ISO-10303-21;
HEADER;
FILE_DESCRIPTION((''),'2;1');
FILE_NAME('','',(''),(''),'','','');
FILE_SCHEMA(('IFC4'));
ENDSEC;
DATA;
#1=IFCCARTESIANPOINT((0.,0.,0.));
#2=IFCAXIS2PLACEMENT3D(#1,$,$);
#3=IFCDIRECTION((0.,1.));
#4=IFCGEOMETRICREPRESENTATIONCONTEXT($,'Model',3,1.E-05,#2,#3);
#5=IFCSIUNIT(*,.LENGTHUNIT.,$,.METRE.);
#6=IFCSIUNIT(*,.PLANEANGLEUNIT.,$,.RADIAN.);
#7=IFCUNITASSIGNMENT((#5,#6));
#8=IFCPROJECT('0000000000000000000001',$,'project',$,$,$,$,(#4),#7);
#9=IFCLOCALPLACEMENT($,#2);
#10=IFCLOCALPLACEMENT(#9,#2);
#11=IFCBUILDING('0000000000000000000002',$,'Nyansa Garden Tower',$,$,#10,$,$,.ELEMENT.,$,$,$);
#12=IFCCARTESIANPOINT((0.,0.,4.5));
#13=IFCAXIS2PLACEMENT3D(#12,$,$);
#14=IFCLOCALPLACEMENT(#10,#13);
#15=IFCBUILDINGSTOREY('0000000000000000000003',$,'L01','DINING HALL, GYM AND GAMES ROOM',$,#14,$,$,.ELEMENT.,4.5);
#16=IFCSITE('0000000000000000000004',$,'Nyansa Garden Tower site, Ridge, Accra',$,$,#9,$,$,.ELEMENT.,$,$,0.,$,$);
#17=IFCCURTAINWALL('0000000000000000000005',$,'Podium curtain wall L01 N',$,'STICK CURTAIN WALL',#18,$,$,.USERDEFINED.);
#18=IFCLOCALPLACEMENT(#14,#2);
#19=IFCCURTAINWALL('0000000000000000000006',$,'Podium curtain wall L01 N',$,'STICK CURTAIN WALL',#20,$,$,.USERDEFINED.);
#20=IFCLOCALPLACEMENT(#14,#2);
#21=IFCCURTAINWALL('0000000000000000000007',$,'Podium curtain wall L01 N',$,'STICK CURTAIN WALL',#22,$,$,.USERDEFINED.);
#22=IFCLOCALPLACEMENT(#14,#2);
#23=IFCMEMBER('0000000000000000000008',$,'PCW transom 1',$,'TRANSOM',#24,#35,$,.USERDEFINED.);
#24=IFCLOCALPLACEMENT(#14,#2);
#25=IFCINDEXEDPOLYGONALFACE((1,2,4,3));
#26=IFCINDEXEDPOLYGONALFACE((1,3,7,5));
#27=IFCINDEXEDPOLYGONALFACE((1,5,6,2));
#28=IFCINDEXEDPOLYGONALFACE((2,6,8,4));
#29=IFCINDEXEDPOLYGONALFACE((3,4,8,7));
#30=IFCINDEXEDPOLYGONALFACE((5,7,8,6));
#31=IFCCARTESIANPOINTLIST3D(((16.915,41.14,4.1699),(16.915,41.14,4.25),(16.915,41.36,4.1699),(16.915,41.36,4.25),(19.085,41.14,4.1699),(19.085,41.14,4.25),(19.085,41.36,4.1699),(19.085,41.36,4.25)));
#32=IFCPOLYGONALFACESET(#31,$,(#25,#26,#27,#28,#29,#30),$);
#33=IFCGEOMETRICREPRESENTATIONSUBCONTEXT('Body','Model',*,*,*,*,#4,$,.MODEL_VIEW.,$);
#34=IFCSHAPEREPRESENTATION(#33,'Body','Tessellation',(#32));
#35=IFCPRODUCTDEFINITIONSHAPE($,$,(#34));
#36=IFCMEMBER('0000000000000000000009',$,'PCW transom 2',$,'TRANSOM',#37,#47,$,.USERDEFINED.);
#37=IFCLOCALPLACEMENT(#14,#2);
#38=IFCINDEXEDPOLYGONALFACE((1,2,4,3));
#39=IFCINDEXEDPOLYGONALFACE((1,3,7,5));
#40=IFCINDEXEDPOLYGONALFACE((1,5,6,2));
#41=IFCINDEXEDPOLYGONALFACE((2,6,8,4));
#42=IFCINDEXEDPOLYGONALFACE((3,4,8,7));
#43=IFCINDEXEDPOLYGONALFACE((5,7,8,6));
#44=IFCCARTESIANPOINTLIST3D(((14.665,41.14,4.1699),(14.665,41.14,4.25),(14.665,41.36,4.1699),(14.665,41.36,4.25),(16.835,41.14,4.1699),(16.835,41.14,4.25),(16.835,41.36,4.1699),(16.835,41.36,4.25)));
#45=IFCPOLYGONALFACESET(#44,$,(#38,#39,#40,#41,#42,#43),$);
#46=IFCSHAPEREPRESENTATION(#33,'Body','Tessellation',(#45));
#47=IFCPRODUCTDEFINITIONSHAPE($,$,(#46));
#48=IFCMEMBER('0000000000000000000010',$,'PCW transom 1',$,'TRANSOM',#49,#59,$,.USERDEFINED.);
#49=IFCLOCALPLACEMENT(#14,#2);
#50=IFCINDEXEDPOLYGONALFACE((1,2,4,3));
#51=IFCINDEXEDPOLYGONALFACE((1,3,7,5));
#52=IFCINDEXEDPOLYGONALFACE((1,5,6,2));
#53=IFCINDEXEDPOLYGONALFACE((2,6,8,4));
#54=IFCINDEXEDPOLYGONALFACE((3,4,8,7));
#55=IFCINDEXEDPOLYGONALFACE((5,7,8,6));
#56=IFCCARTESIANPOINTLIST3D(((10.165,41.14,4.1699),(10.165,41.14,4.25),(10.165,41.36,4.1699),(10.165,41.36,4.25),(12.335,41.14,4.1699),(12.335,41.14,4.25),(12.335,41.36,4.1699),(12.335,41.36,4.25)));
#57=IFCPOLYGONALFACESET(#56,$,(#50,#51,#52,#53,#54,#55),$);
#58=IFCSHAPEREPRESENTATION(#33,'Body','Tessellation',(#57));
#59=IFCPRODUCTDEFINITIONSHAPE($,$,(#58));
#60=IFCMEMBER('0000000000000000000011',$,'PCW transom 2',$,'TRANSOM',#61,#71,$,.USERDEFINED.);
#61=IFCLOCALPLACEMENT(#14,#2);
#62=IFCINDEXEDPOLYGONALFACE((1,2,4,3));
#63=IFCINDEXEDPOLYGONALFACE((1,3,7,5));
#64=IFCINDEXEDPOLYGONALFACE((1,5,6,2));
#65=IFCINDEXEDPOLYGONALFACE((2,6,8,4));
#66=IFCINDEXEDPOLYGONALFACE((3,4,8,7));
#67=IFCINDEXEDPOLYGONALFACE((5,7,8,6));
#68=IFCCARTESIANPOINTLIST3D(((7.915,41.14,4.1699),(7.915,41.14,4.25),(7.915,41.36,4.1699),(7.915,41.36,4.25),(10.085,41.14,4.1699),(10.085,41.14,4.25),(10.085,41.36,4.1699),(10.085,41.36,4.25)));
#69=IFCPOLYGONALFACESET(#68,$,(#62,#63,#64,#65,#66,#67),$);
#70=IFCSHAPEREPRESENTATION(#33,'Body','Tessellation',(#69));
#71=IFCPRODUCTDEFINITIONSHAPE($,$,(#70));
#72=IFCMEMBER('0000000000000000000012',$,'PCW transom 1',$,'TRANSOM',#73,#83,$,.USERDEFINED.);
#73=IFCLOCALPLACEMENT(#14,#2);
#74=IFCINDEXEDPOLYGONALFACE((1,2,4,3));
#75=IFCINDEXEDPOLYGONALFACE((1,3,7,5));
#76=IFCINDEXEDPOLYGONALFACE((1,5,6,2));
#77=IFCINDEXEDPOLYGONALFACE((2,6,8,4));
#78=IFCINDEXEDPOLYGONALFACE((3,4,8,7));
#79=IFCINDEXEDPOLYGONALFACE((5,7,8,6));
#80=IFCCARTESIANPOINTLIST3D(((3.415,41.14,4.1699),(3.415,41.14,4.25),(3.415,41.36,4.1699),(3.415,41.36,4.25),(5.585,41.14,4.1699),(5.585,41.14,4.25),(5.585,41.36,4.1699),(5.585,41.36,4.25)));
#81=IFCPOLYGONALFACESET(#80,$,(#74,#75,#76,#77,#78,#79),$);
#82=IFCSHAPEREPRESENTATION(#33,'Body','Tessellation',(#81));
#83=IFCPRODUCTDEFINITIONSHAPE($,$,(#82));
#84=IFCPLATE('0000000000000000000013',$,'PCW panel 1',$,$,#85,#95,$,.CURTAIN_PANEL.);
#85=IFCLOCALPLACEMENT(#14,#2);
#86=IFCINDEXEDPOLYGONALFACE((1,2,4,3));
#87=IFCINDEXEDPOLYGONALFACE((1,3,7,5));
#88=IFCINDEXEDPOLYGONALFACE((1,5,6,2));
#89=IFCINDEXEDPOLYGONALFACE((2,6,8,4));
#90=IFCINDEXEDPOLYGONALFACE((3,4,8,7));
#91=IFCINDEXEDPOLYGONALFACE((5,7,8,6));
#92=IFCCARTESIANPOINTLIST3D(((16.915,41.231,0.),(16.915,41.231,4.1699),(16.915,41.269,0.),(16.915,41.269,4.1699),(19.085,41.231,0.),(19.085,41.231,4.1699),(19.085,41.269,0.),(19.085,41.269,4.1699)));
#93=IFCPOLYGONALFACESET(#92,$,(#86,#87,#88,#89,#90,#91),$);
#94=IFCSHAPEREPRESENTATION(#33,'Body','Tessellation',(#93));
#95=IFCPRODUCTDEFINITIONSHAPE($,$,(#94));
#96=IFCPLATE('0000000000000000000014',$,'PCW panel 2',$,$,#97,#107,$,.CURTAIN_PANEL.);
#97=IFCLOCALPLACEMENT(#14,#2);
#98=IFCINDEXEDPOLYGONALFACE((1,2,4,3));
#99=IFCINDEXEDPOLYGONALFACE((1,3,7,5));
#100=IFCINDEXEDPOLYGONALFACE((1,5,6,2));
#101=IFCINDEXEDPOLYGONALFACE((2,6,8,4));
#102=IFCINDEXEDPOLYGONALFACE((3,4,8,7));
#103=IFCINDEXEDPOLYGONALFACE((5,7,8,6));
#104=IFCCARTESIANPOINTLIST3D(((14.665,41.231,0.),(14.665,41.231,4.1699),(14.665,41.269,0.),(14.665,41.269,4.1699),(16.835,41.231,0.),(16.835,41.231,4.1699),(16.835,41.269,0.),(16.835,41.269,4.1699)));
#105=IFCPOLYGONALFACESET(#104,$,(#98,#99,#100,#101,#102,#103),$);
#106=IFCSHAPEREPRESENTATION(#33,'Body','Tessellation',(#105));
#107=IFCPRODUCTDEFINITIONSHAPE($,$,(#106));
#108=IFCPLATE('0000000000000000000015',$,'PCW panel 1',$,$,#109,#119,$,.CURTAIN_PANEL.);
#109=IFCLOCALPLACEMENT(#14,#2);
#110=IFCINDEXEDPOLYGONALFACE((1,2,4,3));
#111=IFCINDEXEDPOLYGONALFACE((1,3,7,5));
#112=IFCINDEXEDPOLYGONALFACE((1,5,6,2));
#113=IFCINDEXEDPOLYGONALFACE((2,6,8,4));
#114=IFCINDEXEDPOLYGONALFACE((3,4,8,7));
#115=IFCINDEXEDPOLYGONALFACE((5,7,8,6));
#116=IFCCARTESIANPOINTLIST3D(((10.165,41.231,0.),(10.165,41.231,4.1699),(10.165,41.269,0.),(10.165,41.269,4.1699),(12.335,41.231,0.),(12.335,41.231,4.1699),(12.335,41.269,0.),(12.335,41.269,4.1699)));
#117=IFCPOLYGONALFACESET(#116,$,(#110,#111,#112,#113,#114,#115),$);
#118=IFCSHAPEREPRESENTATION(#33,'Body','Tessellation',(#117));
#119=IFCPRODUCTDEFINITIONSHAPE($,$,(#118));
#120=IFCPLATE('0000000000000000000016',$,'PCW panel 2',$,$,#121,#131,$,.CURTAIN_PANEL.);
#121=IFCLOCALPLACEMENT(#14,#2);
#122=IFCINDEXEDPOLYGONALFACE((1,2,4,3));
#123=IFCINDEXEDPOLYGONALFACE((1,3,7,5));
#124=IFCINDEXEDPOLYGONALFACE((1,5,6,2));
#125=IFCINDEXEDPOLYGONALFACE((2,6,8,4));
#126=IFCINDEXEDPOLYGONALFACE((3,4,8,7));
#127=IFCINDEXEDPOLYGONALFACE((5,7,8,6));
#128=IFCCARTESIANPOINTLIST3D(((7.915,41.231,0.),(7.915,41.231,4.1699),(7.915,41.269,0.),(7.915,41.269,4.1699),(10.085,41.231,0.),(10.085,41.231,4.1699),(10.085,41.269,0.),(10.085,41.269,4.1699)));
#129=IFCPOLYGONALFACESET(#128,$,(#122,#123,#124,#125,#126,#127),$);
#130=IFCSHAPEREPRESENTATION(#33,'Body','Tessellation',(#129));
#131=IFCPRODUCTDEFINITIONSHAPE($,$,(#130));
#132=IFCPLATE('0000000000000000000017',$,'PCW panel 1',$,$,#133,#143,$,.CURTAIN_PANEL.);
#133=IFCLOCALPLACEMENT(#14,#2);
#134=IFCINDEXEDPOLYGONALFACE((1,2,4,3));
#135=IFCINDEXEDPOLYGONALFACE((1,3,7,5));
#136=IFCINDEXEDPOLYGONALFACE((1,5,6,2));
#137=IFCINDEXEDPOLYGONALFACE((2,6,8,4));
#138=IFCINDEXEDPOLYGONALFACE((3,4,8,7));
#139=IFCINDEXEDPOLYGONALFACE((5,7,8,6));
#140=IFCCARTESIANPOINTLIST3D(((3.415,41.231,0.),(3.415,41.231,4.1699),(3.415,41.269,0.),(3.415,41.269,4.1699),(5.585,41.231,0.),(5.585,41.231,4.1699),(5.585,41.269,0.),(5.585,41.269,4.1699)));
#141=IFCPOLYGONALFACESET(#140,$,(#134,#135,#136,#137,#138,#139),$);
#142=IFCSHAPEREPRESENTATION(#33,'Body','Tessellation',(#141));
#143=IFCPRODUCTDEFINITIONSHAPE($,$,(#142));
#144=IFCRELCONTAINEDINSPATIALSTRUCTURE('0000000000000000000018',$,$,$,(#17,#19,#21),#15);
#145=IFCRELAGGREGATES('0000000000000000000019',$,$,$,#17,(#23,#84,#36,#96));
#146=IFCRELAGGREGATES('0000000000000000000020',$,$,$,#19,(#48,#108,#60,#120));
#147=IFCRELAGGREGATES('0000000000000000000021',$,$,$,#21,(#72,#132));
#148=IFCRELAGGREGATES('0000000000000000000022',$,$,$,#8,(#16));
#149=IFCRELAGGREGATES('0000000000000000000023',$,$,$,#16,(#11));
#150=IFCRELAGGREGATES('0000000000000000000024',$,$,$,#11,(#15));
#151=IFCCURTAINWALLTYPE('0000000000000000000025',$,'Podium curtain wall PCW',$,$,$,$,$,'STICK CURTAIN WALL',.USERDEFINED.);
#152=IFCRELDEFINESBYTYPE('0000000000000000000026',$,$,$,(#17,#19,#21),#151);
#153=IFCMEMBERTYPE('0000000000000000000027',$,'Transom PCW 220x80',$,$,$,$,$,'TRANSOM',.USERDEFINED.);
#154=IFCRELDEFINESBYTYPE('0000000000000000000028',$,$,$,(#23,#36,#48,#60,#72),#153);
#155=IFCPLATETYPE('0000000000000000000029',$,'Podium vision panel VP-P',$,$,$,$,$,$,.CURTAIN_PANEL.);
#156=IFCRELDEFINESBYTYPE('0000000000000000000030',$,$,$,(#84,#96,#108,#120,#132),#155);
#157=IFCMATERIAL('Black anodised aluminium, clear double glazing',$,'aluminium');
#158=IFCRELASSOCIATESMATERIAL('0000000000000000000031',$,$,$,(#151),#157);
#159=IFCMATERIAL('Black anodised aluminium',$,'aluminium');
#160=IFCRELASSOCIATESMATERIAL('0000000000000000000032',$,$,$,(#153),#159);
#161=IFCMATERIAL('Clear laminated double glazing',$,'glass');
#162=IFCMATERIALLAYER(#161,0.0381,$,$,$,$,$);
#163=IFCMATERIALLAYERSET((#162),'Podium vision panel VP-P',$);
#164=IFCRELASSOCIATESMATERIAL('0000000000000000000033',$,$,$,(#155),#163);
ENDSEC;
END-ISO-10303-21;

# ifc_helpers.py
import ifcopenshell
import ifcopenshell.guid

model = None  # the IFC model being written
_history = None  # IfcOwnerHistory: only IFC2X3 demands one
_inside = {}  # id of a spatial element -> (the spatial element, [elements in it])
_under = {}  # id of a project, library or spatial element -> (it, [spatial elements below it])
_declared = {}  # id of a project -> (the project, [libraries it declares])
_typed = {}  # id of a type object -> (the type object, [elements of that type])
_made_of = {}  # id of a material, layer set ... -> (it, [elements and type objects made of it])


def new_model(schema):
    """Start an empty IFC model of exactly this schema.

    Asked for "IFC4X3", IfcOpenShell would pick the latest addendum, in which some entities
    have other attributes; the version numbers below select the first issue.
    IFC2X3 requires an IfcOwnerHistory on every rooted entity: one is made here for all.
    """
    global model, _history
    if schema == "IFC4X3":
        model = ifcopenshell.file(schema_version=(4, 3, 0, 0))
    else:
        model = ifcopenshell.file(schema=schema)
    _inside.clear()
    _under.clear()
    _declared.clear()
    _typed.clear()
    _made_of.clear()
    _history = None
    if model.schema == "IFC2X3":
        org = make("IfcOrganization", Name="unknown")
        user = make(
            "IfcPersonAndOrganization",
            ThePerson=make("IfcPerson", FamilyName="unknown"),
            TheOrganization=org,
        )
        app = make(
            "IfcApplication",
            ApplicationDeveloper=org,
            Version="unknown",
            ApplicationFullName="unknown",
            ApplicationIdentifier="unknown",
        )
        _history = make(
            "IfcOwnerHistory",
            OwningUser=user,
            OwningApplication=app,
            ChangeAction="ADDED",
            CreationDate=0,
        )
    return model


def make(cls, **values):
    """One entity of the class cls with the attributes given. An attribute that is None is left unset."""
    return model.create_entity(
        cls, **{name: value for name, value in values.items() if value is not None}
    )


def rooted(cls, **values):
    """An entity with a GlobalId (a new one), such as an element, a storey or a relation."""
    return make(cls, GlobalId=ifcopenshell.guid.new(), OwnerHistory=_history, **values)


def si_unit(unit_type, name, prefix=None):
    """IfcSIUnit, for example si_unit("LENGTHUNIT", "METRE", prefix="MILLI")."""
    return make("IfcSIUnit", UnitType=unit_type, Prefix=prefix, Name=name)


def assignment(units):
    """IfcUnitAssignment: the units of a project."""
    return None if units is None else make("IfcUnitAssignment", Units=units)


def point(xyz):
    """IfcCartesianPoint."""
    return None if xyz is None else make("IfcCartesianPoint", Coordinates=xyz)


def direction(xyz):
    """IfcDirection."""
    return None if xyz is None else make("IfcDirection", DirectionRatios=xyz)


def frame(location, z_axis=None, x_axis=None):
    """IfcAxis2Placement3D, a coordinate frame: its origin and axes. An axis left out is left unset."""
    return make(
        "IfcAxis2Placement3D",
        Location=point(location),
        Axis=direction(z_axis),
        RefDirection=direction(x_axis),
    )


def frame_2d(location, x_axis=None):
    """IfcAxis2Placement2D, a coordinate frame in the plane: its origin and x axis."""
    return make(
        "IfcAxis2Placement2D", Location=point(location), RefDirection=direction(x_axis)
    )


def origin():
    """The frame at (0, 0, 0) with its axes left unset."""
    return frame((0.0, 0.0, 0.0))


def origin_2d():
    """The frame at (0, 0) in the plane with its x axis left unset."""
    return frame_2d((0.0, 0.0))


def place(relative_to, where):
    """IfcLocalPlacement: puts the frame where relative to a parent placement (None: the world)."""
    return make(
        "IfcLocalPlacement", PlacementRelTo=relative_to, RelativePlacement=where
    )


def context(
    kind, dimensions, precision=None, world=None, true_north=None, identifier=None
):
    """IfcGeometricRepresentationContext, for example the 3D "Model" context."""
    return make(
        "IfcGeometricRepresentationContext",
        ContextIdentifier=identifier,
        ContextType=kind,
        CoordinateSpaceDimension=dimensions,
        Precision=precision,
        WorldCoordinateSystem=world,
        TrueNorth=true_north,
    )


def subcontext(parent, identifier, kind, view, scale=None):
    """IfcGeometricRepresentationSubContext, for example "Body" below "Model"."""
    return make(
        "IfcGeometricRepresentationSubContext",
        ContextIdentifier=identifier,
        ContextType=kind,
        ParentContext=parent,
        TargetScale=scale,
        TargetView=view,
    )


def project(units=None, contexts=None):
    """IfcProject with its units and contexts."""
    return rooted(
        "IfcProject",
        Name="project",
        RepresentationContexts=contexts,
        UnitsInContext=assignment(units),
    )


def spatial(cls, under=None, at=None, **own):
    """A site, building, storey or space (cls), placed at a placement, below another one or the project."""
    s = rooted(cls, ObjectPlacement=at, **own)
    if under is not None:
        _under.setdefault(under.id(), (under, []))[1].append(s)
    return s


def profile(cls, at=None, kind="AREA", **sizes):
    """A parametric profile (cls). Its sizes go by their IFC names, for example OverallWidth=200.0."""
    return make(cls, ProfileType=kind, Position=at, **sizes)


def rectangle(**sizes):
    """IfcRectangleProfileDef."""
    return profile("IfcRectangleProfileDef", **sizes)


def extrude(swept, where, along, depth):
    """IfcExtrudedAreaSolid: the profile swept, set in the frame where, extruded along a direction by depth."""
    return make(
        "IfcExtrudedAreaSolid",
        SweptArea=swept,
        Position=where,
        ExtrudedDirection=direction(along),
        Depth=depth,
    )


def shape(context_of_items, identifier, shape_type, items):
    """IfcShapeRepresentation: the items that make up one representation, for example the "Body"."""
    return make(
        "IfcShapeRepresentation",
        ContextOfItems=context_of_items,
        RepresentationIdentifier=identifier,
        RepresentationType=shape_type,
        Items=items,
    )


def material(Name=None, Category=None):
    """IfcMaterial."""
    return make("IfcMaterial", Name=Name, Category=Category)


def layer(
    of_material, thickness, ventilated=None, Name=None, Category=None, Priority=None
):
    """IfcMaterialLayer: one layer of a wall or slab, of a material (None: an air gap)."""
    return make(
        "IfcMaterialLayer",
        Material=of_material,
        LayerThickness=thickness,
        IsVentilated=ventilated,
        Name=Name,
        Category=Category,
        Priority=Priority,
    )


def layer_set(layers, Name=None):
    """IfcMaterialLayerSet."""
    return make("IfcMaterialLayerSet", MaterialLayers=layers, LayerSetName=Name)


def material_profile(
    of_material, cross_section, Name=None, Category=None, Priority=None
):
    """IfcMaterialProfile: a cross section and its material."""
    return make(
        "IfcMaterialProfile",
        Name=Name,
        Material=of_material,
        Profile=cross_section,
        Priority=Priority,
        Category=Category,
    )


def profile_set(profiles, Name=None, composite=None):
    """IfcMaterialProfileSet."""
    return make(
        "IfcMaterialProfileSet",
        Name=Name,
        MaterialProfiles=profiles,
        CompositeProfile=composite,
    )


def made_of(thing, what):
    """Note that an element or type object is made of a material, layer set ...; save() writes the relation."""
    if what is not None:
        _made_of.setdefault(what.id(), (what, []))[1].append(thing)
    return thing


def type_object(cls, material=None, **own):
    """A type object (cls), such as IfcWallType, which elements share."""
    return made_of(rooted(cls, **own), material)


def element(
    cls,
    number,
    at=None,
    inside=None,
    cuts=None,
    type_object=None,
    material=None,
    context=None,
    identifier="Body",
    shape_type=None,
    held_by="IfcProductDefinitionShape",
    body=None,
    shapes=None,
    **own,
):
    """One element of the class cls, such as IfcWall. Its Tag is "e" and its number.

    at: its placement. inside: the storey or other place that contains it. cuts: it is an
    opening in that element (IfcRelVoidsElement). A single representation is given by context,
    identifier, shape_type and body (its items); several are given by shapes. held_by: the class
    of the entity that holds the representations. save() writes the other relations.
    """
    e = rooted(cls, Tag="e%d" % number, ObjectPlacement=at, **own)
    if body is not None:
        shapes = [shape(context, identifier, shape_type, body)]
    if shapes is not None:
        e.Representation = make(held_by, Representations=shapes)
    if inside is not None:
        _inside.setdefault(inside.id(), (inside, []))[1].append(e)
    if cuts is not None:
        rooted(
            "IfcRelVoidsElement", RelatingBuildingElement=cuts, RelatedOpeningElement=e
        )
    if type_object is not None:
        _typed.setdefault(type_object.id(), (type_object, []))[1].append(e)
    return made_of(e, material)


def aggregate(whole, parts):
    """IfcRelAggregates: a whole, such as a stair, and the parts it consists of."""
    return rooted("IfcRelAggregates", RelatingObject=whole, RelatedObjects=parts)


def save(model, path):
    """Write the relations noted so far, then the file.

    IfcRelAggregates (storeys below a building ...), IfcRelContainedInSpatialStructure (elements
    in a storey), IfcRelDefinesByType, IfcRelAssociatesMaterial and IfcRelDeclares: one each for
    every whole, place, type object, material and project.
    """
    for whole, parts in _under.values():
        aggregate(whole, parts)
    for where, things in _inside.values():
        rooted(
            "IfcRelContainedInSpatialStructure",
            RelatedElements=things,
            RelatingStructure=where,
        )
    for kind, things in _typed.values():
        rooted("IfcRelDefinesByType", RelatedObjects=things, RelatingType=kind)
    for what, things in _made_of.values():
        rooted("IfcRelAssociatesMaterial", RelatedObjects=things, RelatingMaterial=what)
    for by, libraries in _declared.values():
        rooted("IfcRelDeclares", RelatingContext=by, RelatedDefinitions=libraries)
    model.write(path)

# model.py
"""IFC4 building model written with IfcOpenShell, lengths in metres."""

from ifc_helpers import new_model, si_unit, direction, frame, origin, origin_2d, place, context, subcontext, project, spatial, rectangle, extrude, material, layer, layer_set, material_profile, profile_set, type_object, element, aggregate, save


model = new_model("IFC4")

# Units and contexts
model_context = context("Model", 3, precision=1e-05, world=origin(), true_north=direction((0.0, 1.0)))
body_context = subcontext(model_context, "Body", "Model", "MODEL_VIEW")
ifc_project = project(units=[si_unit("LENGTHUNIT", "METRE"), si_unit("PLANEANGLEUNIT", "RADIAN")], contexts=[model_context])

# Site, building, storey
site_placement = place(None, origin())
site = spatial("IfcSite", under=ifc_project, at=site_placement, Name="Nyansa Garden Tower site, Ridge, Accra", CompositionType="ELEMENT", RefElevation=0.0)
building_placement = place(site_placement, origin())
building = spatial("IfcBuilding", under=site, at=building_placement, Name="Nyansa Garden Tower", CompositionType="ELEMENT")
storey_placement = place(building_placement, frame((0.0, 0.0, 4.5)))
storey = spatial("IfcBuildingStorey", under=building, at=storey_placement, Name="L01", Description="DINING HALL, GYM AND GAMES ROOM", CompositionType="ELEMENT", Elevation=4.5)

# Curtain walls
ifc_material_1 = material(Name="Black anodised aluminium, clear double glazing", Category="aluminium")
curtain_wall_type = type_object("IfcCurtainWallType", Name="Podium curtain wall PCW", ElementType="STICK CURTAIN WALL", PredefinedType="USERDEFINED", material=ifc_material_1)
curtain_wall_1_placement = place(storey_placement, origin())
curtain_wall_1 = element("IfcCurtainWall", 1, at=curtain_wall_1_placement, inside=storey, type_object=curtain_wall_type, Name="Podium curtain wall L01 N", ObjectType="STICK CURTAIN WALL", PredefinedType="USERDEFINED")
curtain_wall_2_placement = place(storey_placement, origin())
curtain_wall_2 = element("IfcCurtainWall", 2, at=curtain_wall_2_placement, inside=storey, type_object=curtain_wall_type, Name="Podium curtain wall L01 N", ObjectType="STICK CURTAIN WALL", PredefinedType="USERDEFINED")
curtain_wall_3_placement = place(storey_placement, origin())
curtain_wall_3 = element("IfcCurtainWall", 3, at=curtain_wall_3_placement, inside=storey, type_object=curtain_wall_type, Name="Podium curtain wall L01 N", ObjectType="STICK CURTAIN WALL", PredefinedType="USERDEFINED")

# Members
ifc_material_2 = material(Name="Black anodised aluminium", Category="aluminium")
ifc_material_profile_1 = material_profile(ifc_material_2, rectangle(XDim=0.22, YDim=0.0801, at=origin_2d()), Name="Transom 220x80")
ifc_profile_set_1 = profile_set([ifc_material_profile_1], Name="Black anodised aluminium")
member_type_1 = type_object("IfcMemberType", Name="Transom PCW 220x80", ElementType="TRANSOM", PredefinedType="USERDEFINED", material=ifc_profile_set_1)
member_1_placement = place(storey_placement, frame((19.085, 41.25, 4.21), z_axis=(-1.0, 0.0, 0.0), x_axis=(0.0, -1.0, 0.0)))
member_1 = element("IfcMember", 4, at=member_1_placement, type_object=member_type_1, Name="PCW transom 1", ObjectType="TRANSOM", PredefinedType="USERDEFINED", context=body_context, shape_type="SweptSolid", body=[
    extrude(rectangle(XDim=0.22, YDim=0.0801, at=origin_2d()), origin(), (0.0, 0.0, 1.0), 2.1699),
])
member_2_placement = place(storey_placement, frame((16.835, 41.25, 4.21), z_axis=(-1.0, 0.0, 0.0), x_axis=(0.0, -1.0, 0.0)))
member_2 = element("IfcMember", 5, at=member_2_placement, type_object=member_type_1, Name="PCW transom 2", ObjectType="TRANSOM", PredefinedType="USERDEFINED", context=body_context, shape_type="SweptSolid", body=[
    extrude(rectangle(XDim=0.22, YDim=0.0801, at=origin_2d()), origin(), (0.0, 0.0, 1.0), 2.1699),
])
member_3_placement = place(storey_placement, frame((12.335, 41.25, 4.21), z_axis=(-1.0, 0.0, 0.0), x_axis=(0.0, -1.0, 0.0)))
member_3 = element("IfcMember", 6, at=member_3_placement, type_object=member_type_1, Name="PCW transom 1", ObjectType="TRANSOM", PredefinedType="USERDEFINED", context=body_context, shape_type="SweptSolid", body=[
    extrude(rectangle(XDim=0.22, YDim=0.0801, at=origin_2d()), origin(), (0.0, 0.0, 1.0), 2.1699),
])
member_4_placement = place(storey_placement, frame((10.085, 41.25, 4.21), z_axis=(-1.0, 0.0, 0.0), x_axis=(0.0, -1.0, 0.0)))
member_4 = element("IfcMember", 7, at=member_4_placement, type_object=member_type_1, Name="PCW transom 2", ObjectType="TRANSOM", PredefinedType="USERDEFINED", context=body_context, shape_type="SweptSolid", body=[
    extrude(rectangle(XDim=0.22, YDim=0.0801, at=origin_2d()), origin(), (0.0, 0.0, 1.0), 2.1699),
])
member_5_placement = place(storey_placement, frame((5.585, 41.25, 4.21), z_axis=(-1.0, 0.0, 0.0), x_axis=(0.0, -1.0, 0.0)))
member_5 = element("IfcMember", 8, at=member_5_placement, type_object=member_type_1, Name="PCW transom 1", ObjectType="TRANSOM", PredefinedType="USERDEFINED", context=body_context, shape_type="SweptSolid", body=[
    extrude(rectangle(XDim=0.22, YDim=0.0801, at=origin_2d()), origin(), (0.0, 0.0, 1.0), 2.1699),
])

# Plates
ifc_material_3 = material(Name="Clear laminated double glazing", Category="glass")
ifc_layer = layer(ifc_material_3, 0.0381)
ifc_layer_set = layer_set([ifc_layer], Name="Podium vision panel VP-P")
plate_type = type_object("IfcPlateType", Name="Podium vision panel VP-P", PredefinedType="CURTAIN_PANEL", material=ifc_layer_set)
plate_1_placement = place(storey_placement, frame((18.0, 41.25, 0.0), z_axis=(0.0, 0.0, 1.0), x_axis=(-1.0, 0.0, 0.0)))
plate_1 = element("IfcPlate", 9, at=plate_1_placement, type_object=plate_type, Name="PCW panel 1", PredefinedType="CURTAIN_PANEL", context=body_context, shape_type="SweptSolid", body=[
    extrude(rectangle(XDim=2.1699, YDim=0.0381, at=origin_2d()), origin(), (0.0, 0.0, 1.0), 4.1699),
])
plate_2_placement = place(storey_placement, frame((15.75, 41.25, 0.0), z_axis=(0.0, 0.0, 1.0), x_axis=(-1.0, 0.0, 0.0)))
plate_2 = element("IfcPlate", 10, at=plate_2_placement, type_object=plate_type, Name="PCW panel 2", PredefinedType="CURTAIN_PANEL", context=body_context, shape_type="SweptSolid", body=[
    extrude(rectangle(XDim=2.1699, YDim=0.0381, at=origin_2d()), origin(), (0.0, 0.0, 1.0), 4.1699),
])
aggregate(curtain_wall_1, [member_1, plate_1, member_2, plate_2])
plate_3_placement = place(storey_placement, frame((11.25, 41.25, 0.0), z_axis=(0.0, 0.0, 1.0), x_axis=(-1.0, 0.0, 0.0)))
plate_3 = element("IfcPlate", 11, at=plate_3_placement, type_object=plate_type, Name="PCW panel 1", PredefinedType="CURTAIN_PANEL", context=body_context, shape_type="SweptSolid", body=[
    extrude(rectangle(XDim=2.1699, YDim=0.0381, at=origin_2d()), origin(), (0.0, 0.0, 1.0), 4.1699),
])
plate_4_placement = place(storey_placement, frame((9.0, 41.25, 0.0), z_axis=(0.0, 0.0, 1.0), x_axis=(-1.0, 0.0, 0.0)))
plate_4 = element("IfcPlate", 12, at=plate_4_placement, type_object=plate_type, Name="PCW panel 2", PredefinedType="CURTAIN_PANEL", context=body_context, shape_type="SweptSolid", body=[
    extrude(rectangle(XDim=2.1699, YDim=0.0381, at=origin_2d()), origin(), (0.0, 0.0, 1.0), 4.1699),
])
aggregate(curtain_wall_2, [member_3, plate_3, member_4, plate_4])
plate_5_placement = place(storey_placement, frame((4.5, 41.25, 0.0), z_axis=(0.0, 0.0, 1.0), x_axis=(-1.0, 0.0, 0.0)))
plate_5 = element("IfcPlate", 13, at=plate_5_placement, type_object=plate_type, Name="PCW panel 1", PredefinedType="CURTAIN_PANEL", context=body_context, shape_type="SweptSolid", body=[
    extrude(rectangle(XDim=2.1699, YDim=0.0381, at=origin_2d()), origin(), (0.0, 0.0, 1.0), 4.1699),
])
aggregate(curtain_wall_3, [member_5, plate_5])

save(model, "model.ifc")
